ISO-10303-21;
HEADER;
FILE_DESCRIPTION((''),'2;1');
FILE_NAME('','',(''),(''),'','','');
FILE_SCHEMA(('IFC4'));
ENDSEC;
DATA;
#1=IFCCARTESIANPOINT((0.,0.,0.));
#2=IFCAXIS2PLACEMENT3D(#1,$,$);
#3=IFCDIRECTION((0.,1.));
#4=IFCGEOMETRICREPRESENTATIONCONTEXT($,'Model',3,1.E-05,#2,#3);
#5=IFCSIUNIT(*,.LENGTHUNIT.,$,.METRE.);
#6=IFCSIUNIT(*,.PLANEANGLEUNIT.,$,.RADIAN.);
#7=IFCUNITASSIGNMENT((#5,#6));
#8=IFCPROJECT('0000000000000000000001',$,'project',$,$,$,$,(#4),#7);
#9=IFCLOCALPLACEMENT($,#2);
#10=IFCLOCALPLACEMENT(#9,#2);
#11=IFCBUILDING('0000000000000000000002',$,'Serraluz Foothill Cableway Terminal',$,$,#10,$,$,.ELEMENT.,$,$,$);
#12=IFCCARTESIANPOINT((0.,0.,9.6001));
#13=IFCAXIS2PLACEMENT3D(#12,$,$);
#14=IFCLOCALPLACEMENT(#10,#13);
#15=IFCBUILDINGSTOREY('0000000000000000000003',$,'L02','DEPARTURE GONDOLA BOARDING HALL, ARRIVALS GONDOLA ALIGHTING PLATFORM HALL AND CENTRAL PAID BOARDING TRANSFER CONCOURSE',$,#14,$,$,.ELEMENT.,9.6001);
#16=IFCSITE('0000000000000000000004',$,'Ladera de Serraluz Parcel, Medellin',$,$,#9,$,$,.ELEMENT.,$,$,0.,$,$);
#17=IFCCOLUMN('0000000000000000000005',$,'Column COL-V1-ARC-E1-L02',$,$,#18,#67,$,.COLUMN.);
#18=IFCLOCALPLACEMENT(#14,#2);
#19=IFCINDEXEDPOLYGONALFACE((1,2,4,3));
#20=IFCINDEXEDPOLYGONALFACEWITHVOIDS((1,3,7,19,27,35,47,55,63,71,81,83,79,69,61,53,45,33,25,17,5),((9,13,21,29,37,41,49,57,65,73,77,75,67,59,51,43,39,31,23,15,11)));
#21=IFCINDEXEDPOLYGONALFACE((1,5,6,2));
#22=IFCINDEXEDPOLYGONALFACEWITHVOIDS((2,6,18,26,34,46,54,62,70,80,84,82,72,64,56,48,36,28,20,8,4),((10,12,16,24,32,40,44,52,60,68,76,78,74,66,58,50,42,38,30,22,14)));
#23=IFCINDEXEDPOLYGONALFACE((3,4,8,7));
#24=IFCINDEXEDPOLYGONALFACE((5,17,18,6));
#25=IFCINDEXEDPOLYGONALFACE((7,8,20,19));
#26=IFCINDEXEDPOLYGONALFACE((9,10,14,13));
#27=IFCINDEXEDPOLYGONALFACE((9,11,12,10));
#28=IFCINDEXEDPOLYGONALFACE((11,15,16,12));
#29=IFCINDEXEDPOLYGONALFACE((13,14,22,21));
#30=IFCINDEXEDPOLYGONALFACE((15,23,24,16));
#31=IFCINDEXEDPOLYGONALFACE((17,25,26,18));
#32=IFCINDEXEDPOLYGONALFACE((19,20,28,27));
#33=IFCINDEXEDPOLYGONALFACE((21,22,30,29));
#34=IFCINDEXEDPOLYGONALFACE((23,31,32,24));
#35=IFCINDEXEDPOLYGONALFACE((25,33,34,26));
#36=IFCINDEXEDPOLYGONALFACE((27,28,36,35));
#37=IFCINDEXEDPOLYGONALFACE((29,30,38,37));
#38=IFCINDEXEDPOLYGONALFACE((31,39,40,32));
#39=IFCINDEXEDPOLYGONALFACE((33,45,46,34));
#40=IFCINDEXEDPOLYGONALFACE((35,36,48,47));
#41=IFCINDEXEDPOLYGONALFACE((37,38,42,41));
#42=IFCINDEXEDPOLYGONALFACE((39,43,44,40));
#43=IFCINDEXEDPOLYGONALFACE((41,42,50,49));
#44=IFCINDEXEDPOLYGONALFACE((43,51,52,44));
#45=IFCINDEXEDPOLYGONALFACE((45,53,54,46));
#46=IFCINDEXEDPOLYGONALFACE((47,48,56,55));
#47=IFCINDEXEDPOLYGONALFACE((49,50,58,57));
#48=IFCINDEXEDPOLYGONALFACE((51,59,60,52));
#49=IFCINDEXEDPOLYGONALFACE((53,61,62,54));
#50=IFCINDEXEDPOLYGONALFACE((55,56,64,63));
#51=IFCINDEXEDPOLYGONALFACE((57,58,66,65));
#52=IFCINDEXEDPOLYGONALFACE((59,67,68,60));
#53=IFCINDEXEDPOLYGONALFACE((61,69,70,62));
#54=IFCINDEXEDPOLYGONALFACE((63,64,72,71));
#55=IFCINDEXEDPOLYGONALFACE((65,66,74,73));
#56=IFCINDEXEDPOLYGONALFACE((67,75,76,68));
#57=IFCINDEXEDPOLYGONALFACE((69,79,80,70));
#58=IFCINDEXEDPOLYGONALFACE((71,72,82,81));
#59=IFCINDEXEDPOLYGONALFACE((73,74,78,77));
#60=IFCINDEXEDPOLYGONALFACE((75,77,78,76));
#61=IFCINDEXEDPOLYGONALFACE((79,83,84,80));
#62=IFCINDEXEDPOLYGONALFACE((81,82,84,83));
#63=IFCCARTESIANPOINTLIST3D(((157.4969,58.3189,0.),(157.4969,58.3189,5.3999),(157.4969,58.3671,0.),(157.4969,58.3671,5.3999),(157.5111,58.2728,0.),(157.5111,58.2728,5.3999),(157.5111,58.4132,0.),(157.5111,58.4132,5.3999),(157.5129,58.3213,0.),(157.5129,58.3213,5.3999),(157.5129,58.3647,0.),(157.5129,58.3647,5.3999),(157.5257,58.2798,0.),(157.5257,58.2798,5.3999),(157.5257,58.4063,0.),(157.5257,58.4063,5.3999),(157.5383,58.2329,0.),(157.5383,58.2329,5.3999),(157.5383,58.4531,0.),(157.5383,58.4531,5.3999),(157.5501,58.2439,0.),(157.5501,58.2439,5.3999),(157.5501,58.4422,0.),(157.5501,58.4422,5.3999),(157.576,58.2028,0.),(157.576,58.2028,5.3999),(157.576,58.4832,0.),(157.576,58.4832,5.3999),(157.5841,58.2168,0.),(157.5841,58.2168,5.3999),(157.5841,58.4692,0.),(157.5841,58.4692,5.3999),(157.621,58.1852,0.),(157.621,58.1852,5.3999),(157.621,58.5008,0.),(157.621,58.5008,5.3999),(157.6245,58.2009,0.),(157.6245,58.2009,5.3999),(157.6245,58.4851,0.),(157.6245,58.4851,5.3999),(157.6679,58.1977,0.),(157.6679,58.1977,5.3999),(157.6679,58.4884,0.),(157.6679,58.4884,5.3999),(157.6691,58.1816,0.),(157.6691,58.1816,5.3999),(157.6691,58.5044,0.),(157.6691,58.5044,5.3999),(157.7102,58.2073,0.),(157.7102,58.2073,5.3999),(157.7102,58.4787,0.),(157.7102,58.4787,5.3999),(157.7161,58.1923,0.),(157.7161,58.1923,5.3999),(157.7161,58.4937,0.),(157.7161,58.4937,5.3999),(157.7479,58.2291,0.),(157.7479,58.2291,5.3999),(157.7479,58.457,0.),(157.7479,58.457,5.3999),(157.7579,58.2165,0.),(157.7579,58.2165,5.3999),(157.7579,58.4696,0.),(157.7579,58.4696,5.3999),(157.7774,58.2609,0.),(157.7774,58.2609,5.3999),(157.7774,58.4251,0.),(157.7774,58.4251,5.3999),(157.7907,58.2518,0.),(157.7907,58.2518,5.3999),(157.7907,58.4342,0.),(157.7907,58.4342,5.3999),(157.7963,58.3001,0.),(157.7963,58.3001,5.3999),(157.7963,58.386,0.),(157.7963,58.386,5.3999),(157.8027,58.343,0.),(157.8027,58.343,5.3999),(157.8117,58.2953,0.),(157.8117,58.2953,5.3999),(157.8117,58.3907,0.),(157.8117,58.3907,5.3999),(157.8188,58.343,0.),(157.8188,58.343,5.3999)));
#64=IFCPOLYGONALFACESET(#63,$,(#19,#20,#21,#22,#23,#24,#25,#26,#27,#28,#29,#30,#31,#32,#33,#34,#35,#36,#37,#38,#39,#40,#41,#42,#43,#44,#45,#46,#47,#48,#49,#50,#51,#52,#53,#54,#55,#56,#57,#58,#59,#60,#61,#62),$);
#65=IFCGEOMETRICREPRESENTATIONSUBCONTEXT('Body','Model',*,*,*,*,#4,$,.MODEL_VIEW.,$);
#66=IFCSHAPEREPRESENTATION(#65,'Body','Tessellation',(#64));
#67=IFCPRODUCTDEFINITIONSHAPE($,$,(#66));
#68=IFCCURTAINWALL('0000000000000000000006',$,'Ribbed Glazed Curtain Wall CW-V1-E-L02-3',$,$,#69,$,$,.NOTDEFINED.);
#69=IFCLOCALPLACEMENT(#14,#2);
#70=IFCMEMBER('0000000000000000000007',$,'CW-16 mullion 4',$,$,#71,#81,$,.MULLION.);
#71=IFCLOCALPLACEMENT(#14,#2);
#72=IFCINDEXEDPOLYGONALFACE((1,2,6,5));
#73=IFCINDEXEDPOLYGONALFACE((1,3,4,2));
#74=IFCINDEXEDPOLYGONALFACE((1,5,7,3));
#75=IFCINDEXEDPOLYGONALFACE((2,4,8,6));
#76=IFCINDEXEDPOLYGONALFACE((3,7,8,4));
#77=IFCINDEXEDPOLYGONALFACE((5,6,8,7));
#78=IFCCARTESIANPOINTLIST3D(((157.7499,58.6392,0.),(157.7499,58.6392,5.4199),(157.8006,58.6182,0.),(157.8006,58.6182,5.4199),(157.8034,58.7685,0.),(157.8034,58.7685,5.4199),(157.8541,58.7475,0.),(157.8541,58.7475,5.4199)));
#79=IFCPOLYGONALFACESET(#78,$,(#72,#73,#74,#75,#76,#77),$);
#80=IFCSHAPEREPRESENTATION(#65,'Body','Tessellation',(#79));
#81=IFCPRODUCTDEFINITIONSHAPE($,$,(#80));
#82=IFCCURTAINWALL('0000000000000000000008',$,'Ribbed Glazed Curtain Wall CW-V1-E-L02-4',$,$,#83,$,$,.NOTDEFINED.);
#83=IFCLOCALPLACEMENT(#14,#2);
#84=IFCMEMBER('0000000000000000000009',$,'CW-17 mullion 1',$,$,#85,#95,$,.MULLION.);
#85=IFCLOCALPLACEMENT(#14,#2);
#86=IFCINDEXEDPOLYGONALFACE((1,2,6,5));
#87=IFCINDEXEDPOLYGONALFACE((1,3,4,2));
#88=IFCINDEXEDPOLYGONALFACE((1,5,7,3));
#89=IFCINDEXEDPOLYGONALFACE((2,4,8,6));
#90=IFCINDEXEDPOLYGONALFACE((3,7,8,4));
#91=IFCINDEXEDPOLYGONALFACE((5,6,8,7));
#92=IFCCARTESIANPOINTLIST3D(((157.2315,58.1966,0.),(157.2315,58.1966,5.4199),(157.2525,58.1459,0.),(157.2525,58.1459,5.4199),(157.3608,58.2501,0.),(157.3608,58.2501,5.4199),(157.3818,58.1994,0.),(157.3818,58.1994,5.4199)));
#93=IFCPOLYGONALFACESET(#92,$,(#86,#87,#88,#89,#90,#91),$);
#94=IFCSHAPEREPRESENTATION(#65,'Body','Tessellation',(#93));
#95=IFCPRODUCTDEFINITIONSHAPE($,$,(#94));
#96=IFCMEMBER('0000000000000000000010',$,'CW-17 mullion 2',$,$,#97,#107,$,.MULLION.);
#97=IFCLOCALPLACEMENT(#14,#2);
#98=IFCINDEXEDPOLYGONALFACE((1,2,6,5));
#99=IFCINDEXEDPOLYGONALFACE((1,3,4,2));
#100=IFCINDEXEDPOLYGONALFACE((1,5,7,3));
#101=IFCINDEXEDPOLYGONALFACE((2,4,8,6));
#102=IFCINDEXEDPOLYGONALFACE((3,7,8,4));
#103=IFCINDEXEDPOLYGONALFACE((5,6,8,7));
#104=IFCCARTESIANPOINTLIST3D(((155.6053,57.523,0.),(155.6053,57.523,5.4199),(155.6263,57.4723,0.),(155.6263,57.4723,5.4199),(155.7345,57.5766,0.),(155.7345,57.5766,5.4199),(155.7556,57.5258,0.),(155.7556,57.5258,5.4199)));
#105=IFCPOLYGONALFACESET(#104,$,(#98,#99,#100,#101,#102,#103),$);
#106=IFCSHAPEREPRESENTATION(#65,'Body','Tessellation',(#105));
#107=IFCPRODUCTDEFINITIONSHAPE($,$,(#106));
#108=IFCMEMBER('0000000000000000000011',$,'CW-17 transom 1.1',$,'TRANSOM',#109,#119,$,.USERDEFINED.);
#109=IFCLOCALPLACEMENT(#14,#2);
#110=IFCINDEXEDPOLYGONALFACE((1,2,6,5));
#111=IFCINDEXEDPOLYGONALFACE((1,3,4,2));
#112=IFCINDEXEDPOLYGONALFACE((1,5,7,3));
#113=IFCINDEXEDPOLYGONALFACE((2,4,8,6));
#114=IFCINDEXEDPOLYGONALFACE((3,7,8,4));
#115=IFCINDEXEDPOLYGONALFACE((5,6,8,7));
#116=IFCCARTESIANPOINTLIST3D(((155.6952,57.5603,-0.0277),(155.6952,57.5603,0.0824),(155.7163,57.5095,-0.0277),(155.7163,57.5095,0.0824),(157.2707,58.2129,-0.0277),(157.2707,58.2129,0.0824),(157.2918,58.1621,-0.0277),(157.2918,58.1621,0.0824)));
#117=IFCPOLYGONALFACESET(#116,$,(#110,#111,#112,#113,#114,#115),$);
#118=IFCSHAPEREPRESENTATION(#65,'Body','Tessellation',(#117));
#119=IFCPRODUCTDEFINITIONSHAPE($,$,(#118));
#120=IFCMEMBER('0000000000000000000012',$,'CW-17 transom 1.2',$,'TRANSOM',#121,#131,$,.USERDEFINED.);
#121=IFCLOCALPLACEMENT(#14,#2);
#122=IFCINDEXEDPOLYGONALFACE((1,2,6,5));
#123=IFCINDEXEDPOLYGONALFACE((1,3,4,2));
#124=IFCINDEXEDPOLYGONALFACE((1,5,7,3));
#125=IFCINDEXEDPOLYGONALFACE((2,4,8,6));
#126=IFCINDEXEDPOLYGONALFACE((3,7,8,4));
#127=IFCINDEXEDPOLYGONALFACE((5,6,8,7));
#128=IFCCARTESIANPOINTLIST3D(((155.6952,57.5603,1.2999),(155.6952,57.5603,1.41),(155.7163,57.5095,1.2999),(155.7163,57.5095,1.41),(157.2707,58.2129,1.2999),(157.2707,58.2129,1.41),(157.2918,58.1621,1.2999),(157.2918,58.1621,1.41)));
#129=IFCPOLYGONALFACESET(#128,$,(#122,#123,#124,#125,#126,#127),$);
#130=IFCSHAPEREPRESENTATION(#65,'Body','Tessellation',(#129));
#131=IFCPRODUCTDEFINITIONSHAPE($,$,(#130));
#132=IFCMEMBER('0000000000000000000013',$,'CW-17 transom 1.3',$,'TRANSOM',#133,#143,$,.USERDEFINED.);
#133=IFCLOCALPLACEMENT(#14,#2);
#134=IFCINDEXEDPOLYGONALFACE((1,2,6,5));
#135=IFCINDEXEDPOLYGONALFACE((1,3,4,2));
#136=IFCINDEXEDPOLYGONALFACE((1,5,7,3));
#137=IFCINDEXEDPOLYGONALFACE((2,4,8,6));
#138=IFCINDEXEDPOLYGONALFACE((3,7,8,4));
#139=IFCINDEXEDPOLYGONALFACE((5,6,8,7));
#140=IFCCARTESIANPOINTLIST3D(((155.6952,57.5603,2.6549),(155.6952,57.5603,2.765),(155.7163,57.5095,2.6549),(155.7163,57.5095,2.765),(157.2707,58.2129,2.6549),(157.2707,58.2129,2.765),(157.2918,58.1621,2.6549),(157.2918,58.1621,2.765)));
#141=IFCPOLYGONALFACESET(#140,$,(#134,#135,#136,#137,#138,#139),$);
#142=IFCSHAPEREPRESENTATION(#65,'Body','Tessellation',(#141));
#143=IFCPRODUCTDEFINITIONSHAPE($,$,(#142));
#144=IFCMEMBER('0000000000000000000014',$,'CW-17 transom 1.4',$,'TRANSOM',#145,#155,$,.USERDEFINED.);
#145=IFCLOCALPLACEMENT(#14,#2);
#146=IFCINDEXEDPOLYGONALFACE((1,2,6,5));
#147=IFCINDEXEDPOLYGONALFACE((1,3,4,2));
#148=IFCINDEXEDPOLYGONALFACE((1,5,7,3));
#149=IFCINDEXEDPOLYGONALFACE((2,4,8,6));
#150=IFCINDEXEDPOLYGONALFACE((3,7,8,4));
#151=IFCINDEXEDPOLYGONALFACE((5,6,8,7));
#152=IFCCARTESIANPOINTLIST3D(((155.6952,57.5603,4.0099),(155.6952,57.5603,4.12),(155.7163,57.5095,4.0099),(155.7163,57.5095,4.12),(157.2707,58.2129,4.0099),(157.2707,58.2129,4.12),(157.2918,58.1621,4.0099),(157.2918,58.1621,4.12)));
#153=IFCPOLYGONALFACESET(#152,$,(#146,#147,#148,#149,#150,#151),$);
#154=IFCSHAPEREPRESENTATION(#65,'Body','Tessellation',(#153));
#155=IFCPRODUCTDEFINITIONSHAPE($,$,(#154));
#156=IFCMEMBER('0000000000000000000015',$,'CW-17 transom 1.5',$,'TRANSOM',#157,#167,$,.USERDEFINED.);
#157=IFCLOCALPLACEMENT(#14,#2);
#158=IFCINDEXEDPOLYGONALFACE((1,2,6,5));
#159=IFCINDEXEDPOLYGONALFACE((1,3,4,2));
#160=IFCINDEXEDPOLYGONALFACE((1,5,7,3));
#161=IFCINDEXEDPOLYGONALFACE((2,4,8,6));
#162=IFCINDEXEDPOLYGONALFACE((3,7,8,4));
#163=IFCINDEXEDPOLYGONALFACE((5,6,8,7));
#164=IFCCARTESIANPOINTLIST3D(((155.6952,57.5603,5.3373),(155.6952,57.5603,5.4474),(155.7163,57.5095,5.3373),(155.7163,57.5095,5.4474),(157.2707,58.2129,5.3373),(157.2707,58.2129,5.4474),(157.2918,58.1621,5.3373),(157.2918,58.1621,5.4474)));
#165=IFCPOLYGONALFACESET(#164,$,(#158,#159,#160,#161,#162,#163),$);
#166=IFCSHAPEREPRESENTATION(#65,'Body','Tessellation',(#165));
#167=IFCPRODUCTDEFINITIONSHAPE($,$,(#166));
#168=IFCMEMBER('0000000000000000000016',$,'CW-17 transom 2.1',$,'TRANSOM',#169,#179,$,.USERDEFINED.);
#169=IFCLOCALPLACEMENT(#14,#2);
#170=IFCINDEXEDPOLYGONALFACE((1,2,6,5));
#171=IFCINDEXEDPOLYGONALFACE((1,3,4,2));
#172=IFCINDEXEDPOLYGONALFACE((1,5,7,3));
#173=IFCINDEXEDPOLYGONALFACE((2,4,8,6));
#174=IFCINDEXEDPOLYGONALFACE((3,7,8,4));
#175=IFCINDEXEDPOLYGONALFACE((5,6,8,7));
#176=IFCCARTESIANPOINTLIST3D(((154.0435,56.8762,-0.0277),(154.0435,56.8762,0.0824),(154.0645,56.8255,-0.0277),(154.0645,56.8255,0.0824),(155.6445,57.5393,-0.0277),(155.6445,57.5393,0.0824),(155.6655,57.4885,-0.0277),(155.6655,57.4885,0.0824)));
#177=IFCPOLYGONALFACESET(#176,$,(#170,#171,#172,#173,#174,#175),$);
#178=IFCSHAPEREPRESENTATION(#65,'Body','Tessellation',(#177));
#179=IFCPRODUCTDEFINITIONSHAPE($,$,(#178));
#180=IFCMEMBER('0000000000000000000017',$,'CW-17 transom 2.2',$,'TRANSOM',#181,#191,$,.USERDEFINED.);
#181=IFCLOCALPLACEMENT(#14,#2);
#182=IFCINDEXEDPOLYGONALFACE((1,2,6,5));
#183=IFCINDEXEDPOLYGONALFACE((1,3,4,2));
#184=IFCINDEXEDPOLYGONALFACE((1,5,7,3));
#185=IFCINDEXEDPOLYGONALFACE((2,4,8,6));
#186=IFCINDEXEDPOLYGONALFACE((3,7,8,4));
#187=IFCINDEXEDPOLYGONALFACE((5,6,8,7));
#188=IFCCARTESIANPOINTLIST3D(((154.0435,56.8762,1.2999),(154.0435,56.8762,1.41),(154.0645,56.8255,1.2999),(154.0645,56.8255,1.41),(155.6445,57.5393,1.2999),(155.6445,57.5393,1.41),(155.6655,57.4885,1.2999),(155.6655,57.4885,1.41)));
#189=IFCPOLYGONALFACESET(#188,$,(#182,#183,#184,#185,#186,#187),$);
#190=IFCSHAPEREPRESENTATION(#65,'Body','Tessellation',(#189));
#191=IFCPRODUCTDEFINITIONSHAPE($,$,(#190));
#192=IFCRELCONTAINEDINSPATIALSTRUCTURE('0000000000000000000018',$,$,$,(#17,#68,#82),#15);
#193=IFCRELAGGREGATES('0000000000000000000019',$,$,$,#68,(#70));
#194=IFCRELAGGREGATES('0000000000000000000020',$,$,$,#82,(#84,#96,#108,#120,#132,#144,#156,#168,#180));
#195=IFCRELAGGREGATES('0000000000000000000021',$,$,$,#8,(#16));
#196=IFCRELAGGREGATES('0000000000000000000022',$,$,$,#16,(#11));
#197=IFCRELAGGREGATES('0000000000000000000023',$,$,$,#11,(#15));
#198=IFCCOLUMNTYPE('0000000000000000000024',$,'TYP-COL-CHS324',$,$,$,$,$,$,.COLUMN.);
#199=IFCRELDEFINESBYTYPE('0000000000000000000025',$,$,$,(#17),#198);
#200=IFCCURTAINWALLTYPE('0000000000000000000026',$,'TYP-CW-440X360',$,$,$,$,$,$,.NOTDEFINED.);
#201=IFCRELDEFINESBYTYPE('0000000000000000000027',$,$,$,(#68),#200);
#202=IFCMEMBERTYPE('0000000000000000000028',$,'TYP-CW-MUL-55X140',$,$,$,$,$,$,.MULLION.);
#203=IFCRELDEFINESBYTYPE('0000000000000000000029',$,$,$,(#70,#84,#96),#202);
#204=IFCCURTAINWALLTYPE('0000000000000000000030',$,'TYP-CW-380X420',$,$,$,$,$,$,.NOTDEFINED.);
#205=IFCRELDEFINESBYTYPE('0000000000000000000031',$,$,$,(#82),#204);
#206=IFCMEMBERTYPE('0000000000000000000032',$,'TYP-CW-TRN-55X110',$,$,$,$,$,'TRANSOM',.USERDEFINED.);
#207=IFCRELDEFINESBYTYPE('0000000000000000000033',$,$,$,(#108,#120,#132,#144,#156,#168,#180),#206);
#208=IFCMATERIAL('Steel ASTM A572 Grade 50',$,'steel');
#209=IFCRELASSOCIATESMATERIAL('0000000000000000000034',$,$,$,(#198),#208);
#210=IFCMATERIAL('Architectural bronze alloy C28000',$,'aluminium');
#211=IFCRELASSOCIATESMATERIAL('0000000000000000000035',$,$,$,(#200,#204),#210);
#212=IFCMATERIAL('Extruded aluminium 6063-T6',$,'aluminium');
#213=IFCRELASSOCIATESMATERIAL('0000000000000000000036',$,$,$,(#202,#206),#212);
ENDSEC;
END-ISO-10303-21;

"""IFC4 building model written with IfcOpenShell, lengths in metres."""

from ifc_helpers import new_model, si_unit, direction, frame, origin, origin_2d, place, context, subcontext, project, spatial, rectangle, hollow_circle, extrude, material, material_profile, profile_set, type_object, element, aggregate, save


model = new_model("IFC4")

# Units and contexts
model_context = context("Model", 3, precision=1e-05, world=origin(), true_north=direction((0.0, 1.0)))
body_context = subcontext(model_context, "Body", "Model", "MODEL_VIEW")
ifc_project = project(units=[si_unit("LENGTHUNIT", "METRE"), si_unit("PLANEANGLEUNIT", "RADIAN")], contexts=[model_context])

# Site, building, storey
site_placement = place(None, origin())
site = spatial("IfcSite", under=ifc_project, at=site_placement, Name="Ladera de Serraluz Parcel, Medellin", CompositionType="ELEMENT", RefElevation=0.0)
building_placement = place(site_placement, origin())
building = spatial("IfcBuilding", under=site, at=building_placement, Name="Serraluz Foothill Cableway Terminal", CompositionType="ELEMENT")
storey_placement = place(building_placement, frame((0.0, 0.0, 9.6001)))
storey = spatial("IfcBuildingStorey", under=building, at=storey_placement, Name="L02", Description="DEPARTURE GONDOLA BOARDING HALL, ARRIVALS GONDOLA ALIGHTING PLATFORM HALL AND CENTRAL PAID BOARDING TRANSFER CONCOURSE", CompositionType="ELEMENT", Elevation=9.6001)

# Column
ifc_material_1 = material(Name="Steel ASTM A572 Grade 50", Category="steel")
ifc_material_profile_1 = material_profile(ifc_material_1, hollow_circle(Radius=0.1619, WallThickness=0.0161, at=origin_2d()), Name="CHS324X16")
ifc_profile_set_1 = profile_set([ifc_material_profile_1], Name="Steel ASTM A572 Grade 50")
column_type = type_object("IfcColumnType", Name="TYP-COL-CHS324", PredefinedType="COLUMN", material=ifc_profile_set_1)
column_placement = place(storey_placement, frame((157.657, 58.343, 0.0), z_axis=(0.0, 0.0, 1.0), x_axis=(1.0, 0.0, 0.0)))
element("IfcColumn", 1, at=column_placement, inside=storey, type_object=column_type, Name="Column COL-V1-ARC-E1-L02", PredefinedType="COLUMN", context=body_context, shape_type="SweptSolid", body=[
    extrude(hollow_circle(Radius=0.1619, WallThickness=0.0161, at=origin_2d()), origin(), (0.0, 0.0, 1.0), 5.3999),
])

# Curtain wall, member
ifc_material_2 = material(Name="Architectural bronze alloy C28000", Category="aluminium")
curtain_wall_type_1 = type_object("IfcCurtainWallType", Name="TYP-CW-440X360", PredefinedType="NOTDEFINED", material=ifc_material_2)
curtain_wall_1_placement = place(storey_placement, origin())
curtain_wall_1 = element("IfcCurtainWall", 2, at=curtain_wall_1_placement, inside=storey, type_object=curtain_wall_type_1, Name="Ribbed Glazed Curtain Wall CW-V1-E-L02-3", PredefinedType="NOTDEFINED")
ifc_material_3 = material(Name="Extruded aluminium 6063-T6", Category="aluminium")
ifc_material_profile_2 = material_profile(ifc_material_3, rectangle(XDim=0.0549, YDim=0.1399, at=origin_2d()), Name="ALU MULLION 55x140")
ifc_profile_set_2 = profile_set([ifc_material_profile_2], Name="Extruded aluminium 6063-T6")
member_type_1 = type_object("IfcMemberType", Name="TYP-CW-MUL-55X140", PredefinedType="MULLION", material=ifc_profile_set_2)
member_1_placement = place(storey_placement, frame((157.802, 58.6934, 0.0), z_axis=(0.0, 0.0, 1.0), x_axis=(0.923879, -0.382685, 0.0)))
member_1 = element("IfcMember", 3, at=member_1_placement, type_object=member_type_1, Name="CW-16 mullion 4", PredefinedType="MULLION", context=body_context, shape_type="SweptSolid", body=[
    extrude(rectangle(XDim=0.0549, YDim=0.1399, at=origin_2d()), origin(), (0.0, 0.0, 1.0), 5.4199),
])

# Curtain wall, members
curtain_wall_type_2 = type_object("IfcCurtainWallType", Name="TYP-CW-380X420", PredefinedType="NOTDEFINED", material=ifc_material_2)
curtain_wall_2_placement = place(storey_placement, origin())
curtain_wall_2 = element("IfcCurtainWall", 4, at=curtain_wall_2_placement, inside=storey, type_object=curtain_wall_type_2, Name="Ribbed Glazed Curtain Wall CW-V1-E-L02-4", PredefinedType="NOTDEFINED")
member_2_placement = place(storey_placement, frame((157.3066, 58.198, 0.0), z_axis=(0.0, 0.0, 1.0), x_axis=(0.382682, -0.92388, 0.0)))
member_2 = element("IfcMember", 5, at=member_2_placement, type_object=member_type_1, Name="CW-17 mullion 1", PredefinedType="MULLION", context=body_context, shape_type="SweptSolid", body=[
    extrude(rectangle(XDim=0.0549, YDim=0.1399, at=origin_2d()), origin(), (0.0, 0.0, 1.0), 5.4199),
])
member_3_placement = place(storey_placement, frame((155.6804, 57.5244, 0.0), z_axis=(0.0, 0.0, 1.0), x_axis=(0.382682, -0.92388, 0.0)))
member_3 = element("IfcMember", 6, at=member_3_placement, type_object=member_type_1, Name="CW-17 mullion 2", PredefinedType="MULLION", context=body_context, shape_type="SweptSolid", body=[
    extrude(rectangle(XDim=0.0549, YDim=0.1399, at=origin_2d()), origin(), (0.0, 0.0, 1.0), 5.4199),
])
ifc_material_profile_3 = material_profile(ifc_material_3, rectangle(XDim=0.0549, YDim=0.1101, at=origin_2d()), Name="ALU TRANSOM 55x110")
ifc_profile_set_3 = profile_set([ifc_material_profile_3], Name="Extruded aluminium 6063-T6")
member_type_2 = type_object("IfcMemberType", Name="TYP-CW-TRN-55X110", ElementType="TRANSOM", PredefinedType="USERDEFINED", material=ifc_profile_set_3)
member_4_placement = place(storey_placement, frame((157.2812, 58.1875, 0.0273), z_axis=(-0.923875, -0.382693, 0.0), x_axis=(0.382693, -0.923875, 0.0)))
member_4 = element("IfcMember", 7, at=member_4_placement, type_object=member_type_2, Name="CW-17 transom 1.1", ObjectType="TRANSOM", PredefinedType="USERDEFINED", context=body_context, shape_type="SweptSolid", body=[
    extrude(rectangle(XDim=0.0549, YDim=0.1101, at=origin_2d()), origin(), (0.0, 0.0, 1.0), 1.7053),
])
member_5_placement = place(storey_placement, frame((157.2812, 58.1875, 1.355), z_axis=(-0.923875, -0.382693, 0.0), x_axis=(0.382693, -0.923875, 0.0)))
member_5 = element("IfcMember", 8, at=member_5_placement, type_object=member_type_2, Name="CW-17 transom 1.2", ObjectType="TRANSOM", PredefinedType="USERDEFINED", context=body_context, shape_type="SweptSolid", body=[
    extrude(rectangle(XDim=0.0549, YDim=0.1101, at=origin_2d()), origin(), (0.0, 0.0, 1.0), 1.7053),
])
member_6_placement = place(storey_placement, frame((157.2812, 58.1875, 2.71), z_axis=(-0.923875, -0.382693, 0.0), x_axis=(0.382693, -0.923875, 0.0)))
member_6 = element("IfcMember", 9, at=member_6_placement, type_object=member_type_2, Name="CW-17 transom 1.3", ObjectType="TRANSOM", PredefinedType="USERDEFINED", context=body_context, shape_type="SweptSolid", body=[
    extrude(rectangle(XDim=0.0549, YDim=0.1101, at=origin_2d()), origin(), (0.0, 0.0, 1.0), 1.7053),
])
member_7_placement = place(storey_placement, frame((157.2812, 58.1875, 4.0649), z_axis=(-0.923875, -0.382693, 0.0), x_axis=(0.382693, -0.923875, 0.0)))
member_7 = element("IfcMember", 10, at=member_7_placement, type_object=member_type_2, Name="CW-17 transom 1.4", ObjectType="TRANSOM", PredefinedType="USERDEFINED", context=body_context, shape_type="SweptSolid", body=[
    extrude(rectangle(XDim=0.0549, YDim=0.1101, at=origin_2d()), origin(), (0.0, 0.0, 1.0), 1.7053),
])
member_8_placement = place(storey_placement, frame((157.2812, 58.1875, 5.3923), z_axis=(-0.923875, -0.382693, 0.0), x_axis=(0.382693, -0.923875, 0.0)))
member_8 = element("IfcMember", 11, at=member_8_placement, type_object=member_type_2, Name="CW-17 transom 1.5", ObjectType="TRANSOM", PredefinedType="USERDEFINED", context=body_context, shape_type="SweptSolid", body=[
    extrude(rectangle(XDim=0.0549, YDim=0.1101, at=origin_2d()), origin(), (0.0, 0.0, 1.0), 1.7053),
])
member_9_placement = place(storey_placement, frame((155.655, 57.5139, 0.0273), z_axis=(-0.9239, -0.382634, 0.0), x_axis=(0.382634, -0.9239, 0.0)))
member_9 = element("IfcMember", 12, at=member_9_placement, type_object=member_type_2, Name="CW-17 transom 2.1", ObjectType="TRANSOM", PredefinedType="USERDEFINED", context=body_context, shape_type="SweptSolid", body=[
    extrude(rectangle(XDim=0.0549, YDim=0.1101, at=origin_2d()), origin(), (0.0, 0.0, 1.0), 1.7329),
])
member_10_placement = place(storey_placement, frame((155.655, 57.5139, 1.355), z_axis=(-0.9239, -0.382634, 0.0), x_axis=(0.382634, -0.9239, 0.0)))
member_10 = element("IfcMember", 13, at=member_10_placement, type_object=member_type_2, Name="CW-17 transom 2.2", ObjectType="TRANSOM", PredefinedType="USERDEFINED", context=body_context, shape_type="SweptSolid", body=[
    extrude(rectangle(XDim=0.0549, YDim=0.1101, at=origin_2d()), origin(), (0.0, 0.0, 1.0), 1.7329),
])

aggregate(curtain_wall_1, [member_1])
aggregate(curtain_wall_2, [member_2, member_3, member_4, member_5, member_6, member_7, member_8, member_9, member_10])

save(model, "model.ifc")
